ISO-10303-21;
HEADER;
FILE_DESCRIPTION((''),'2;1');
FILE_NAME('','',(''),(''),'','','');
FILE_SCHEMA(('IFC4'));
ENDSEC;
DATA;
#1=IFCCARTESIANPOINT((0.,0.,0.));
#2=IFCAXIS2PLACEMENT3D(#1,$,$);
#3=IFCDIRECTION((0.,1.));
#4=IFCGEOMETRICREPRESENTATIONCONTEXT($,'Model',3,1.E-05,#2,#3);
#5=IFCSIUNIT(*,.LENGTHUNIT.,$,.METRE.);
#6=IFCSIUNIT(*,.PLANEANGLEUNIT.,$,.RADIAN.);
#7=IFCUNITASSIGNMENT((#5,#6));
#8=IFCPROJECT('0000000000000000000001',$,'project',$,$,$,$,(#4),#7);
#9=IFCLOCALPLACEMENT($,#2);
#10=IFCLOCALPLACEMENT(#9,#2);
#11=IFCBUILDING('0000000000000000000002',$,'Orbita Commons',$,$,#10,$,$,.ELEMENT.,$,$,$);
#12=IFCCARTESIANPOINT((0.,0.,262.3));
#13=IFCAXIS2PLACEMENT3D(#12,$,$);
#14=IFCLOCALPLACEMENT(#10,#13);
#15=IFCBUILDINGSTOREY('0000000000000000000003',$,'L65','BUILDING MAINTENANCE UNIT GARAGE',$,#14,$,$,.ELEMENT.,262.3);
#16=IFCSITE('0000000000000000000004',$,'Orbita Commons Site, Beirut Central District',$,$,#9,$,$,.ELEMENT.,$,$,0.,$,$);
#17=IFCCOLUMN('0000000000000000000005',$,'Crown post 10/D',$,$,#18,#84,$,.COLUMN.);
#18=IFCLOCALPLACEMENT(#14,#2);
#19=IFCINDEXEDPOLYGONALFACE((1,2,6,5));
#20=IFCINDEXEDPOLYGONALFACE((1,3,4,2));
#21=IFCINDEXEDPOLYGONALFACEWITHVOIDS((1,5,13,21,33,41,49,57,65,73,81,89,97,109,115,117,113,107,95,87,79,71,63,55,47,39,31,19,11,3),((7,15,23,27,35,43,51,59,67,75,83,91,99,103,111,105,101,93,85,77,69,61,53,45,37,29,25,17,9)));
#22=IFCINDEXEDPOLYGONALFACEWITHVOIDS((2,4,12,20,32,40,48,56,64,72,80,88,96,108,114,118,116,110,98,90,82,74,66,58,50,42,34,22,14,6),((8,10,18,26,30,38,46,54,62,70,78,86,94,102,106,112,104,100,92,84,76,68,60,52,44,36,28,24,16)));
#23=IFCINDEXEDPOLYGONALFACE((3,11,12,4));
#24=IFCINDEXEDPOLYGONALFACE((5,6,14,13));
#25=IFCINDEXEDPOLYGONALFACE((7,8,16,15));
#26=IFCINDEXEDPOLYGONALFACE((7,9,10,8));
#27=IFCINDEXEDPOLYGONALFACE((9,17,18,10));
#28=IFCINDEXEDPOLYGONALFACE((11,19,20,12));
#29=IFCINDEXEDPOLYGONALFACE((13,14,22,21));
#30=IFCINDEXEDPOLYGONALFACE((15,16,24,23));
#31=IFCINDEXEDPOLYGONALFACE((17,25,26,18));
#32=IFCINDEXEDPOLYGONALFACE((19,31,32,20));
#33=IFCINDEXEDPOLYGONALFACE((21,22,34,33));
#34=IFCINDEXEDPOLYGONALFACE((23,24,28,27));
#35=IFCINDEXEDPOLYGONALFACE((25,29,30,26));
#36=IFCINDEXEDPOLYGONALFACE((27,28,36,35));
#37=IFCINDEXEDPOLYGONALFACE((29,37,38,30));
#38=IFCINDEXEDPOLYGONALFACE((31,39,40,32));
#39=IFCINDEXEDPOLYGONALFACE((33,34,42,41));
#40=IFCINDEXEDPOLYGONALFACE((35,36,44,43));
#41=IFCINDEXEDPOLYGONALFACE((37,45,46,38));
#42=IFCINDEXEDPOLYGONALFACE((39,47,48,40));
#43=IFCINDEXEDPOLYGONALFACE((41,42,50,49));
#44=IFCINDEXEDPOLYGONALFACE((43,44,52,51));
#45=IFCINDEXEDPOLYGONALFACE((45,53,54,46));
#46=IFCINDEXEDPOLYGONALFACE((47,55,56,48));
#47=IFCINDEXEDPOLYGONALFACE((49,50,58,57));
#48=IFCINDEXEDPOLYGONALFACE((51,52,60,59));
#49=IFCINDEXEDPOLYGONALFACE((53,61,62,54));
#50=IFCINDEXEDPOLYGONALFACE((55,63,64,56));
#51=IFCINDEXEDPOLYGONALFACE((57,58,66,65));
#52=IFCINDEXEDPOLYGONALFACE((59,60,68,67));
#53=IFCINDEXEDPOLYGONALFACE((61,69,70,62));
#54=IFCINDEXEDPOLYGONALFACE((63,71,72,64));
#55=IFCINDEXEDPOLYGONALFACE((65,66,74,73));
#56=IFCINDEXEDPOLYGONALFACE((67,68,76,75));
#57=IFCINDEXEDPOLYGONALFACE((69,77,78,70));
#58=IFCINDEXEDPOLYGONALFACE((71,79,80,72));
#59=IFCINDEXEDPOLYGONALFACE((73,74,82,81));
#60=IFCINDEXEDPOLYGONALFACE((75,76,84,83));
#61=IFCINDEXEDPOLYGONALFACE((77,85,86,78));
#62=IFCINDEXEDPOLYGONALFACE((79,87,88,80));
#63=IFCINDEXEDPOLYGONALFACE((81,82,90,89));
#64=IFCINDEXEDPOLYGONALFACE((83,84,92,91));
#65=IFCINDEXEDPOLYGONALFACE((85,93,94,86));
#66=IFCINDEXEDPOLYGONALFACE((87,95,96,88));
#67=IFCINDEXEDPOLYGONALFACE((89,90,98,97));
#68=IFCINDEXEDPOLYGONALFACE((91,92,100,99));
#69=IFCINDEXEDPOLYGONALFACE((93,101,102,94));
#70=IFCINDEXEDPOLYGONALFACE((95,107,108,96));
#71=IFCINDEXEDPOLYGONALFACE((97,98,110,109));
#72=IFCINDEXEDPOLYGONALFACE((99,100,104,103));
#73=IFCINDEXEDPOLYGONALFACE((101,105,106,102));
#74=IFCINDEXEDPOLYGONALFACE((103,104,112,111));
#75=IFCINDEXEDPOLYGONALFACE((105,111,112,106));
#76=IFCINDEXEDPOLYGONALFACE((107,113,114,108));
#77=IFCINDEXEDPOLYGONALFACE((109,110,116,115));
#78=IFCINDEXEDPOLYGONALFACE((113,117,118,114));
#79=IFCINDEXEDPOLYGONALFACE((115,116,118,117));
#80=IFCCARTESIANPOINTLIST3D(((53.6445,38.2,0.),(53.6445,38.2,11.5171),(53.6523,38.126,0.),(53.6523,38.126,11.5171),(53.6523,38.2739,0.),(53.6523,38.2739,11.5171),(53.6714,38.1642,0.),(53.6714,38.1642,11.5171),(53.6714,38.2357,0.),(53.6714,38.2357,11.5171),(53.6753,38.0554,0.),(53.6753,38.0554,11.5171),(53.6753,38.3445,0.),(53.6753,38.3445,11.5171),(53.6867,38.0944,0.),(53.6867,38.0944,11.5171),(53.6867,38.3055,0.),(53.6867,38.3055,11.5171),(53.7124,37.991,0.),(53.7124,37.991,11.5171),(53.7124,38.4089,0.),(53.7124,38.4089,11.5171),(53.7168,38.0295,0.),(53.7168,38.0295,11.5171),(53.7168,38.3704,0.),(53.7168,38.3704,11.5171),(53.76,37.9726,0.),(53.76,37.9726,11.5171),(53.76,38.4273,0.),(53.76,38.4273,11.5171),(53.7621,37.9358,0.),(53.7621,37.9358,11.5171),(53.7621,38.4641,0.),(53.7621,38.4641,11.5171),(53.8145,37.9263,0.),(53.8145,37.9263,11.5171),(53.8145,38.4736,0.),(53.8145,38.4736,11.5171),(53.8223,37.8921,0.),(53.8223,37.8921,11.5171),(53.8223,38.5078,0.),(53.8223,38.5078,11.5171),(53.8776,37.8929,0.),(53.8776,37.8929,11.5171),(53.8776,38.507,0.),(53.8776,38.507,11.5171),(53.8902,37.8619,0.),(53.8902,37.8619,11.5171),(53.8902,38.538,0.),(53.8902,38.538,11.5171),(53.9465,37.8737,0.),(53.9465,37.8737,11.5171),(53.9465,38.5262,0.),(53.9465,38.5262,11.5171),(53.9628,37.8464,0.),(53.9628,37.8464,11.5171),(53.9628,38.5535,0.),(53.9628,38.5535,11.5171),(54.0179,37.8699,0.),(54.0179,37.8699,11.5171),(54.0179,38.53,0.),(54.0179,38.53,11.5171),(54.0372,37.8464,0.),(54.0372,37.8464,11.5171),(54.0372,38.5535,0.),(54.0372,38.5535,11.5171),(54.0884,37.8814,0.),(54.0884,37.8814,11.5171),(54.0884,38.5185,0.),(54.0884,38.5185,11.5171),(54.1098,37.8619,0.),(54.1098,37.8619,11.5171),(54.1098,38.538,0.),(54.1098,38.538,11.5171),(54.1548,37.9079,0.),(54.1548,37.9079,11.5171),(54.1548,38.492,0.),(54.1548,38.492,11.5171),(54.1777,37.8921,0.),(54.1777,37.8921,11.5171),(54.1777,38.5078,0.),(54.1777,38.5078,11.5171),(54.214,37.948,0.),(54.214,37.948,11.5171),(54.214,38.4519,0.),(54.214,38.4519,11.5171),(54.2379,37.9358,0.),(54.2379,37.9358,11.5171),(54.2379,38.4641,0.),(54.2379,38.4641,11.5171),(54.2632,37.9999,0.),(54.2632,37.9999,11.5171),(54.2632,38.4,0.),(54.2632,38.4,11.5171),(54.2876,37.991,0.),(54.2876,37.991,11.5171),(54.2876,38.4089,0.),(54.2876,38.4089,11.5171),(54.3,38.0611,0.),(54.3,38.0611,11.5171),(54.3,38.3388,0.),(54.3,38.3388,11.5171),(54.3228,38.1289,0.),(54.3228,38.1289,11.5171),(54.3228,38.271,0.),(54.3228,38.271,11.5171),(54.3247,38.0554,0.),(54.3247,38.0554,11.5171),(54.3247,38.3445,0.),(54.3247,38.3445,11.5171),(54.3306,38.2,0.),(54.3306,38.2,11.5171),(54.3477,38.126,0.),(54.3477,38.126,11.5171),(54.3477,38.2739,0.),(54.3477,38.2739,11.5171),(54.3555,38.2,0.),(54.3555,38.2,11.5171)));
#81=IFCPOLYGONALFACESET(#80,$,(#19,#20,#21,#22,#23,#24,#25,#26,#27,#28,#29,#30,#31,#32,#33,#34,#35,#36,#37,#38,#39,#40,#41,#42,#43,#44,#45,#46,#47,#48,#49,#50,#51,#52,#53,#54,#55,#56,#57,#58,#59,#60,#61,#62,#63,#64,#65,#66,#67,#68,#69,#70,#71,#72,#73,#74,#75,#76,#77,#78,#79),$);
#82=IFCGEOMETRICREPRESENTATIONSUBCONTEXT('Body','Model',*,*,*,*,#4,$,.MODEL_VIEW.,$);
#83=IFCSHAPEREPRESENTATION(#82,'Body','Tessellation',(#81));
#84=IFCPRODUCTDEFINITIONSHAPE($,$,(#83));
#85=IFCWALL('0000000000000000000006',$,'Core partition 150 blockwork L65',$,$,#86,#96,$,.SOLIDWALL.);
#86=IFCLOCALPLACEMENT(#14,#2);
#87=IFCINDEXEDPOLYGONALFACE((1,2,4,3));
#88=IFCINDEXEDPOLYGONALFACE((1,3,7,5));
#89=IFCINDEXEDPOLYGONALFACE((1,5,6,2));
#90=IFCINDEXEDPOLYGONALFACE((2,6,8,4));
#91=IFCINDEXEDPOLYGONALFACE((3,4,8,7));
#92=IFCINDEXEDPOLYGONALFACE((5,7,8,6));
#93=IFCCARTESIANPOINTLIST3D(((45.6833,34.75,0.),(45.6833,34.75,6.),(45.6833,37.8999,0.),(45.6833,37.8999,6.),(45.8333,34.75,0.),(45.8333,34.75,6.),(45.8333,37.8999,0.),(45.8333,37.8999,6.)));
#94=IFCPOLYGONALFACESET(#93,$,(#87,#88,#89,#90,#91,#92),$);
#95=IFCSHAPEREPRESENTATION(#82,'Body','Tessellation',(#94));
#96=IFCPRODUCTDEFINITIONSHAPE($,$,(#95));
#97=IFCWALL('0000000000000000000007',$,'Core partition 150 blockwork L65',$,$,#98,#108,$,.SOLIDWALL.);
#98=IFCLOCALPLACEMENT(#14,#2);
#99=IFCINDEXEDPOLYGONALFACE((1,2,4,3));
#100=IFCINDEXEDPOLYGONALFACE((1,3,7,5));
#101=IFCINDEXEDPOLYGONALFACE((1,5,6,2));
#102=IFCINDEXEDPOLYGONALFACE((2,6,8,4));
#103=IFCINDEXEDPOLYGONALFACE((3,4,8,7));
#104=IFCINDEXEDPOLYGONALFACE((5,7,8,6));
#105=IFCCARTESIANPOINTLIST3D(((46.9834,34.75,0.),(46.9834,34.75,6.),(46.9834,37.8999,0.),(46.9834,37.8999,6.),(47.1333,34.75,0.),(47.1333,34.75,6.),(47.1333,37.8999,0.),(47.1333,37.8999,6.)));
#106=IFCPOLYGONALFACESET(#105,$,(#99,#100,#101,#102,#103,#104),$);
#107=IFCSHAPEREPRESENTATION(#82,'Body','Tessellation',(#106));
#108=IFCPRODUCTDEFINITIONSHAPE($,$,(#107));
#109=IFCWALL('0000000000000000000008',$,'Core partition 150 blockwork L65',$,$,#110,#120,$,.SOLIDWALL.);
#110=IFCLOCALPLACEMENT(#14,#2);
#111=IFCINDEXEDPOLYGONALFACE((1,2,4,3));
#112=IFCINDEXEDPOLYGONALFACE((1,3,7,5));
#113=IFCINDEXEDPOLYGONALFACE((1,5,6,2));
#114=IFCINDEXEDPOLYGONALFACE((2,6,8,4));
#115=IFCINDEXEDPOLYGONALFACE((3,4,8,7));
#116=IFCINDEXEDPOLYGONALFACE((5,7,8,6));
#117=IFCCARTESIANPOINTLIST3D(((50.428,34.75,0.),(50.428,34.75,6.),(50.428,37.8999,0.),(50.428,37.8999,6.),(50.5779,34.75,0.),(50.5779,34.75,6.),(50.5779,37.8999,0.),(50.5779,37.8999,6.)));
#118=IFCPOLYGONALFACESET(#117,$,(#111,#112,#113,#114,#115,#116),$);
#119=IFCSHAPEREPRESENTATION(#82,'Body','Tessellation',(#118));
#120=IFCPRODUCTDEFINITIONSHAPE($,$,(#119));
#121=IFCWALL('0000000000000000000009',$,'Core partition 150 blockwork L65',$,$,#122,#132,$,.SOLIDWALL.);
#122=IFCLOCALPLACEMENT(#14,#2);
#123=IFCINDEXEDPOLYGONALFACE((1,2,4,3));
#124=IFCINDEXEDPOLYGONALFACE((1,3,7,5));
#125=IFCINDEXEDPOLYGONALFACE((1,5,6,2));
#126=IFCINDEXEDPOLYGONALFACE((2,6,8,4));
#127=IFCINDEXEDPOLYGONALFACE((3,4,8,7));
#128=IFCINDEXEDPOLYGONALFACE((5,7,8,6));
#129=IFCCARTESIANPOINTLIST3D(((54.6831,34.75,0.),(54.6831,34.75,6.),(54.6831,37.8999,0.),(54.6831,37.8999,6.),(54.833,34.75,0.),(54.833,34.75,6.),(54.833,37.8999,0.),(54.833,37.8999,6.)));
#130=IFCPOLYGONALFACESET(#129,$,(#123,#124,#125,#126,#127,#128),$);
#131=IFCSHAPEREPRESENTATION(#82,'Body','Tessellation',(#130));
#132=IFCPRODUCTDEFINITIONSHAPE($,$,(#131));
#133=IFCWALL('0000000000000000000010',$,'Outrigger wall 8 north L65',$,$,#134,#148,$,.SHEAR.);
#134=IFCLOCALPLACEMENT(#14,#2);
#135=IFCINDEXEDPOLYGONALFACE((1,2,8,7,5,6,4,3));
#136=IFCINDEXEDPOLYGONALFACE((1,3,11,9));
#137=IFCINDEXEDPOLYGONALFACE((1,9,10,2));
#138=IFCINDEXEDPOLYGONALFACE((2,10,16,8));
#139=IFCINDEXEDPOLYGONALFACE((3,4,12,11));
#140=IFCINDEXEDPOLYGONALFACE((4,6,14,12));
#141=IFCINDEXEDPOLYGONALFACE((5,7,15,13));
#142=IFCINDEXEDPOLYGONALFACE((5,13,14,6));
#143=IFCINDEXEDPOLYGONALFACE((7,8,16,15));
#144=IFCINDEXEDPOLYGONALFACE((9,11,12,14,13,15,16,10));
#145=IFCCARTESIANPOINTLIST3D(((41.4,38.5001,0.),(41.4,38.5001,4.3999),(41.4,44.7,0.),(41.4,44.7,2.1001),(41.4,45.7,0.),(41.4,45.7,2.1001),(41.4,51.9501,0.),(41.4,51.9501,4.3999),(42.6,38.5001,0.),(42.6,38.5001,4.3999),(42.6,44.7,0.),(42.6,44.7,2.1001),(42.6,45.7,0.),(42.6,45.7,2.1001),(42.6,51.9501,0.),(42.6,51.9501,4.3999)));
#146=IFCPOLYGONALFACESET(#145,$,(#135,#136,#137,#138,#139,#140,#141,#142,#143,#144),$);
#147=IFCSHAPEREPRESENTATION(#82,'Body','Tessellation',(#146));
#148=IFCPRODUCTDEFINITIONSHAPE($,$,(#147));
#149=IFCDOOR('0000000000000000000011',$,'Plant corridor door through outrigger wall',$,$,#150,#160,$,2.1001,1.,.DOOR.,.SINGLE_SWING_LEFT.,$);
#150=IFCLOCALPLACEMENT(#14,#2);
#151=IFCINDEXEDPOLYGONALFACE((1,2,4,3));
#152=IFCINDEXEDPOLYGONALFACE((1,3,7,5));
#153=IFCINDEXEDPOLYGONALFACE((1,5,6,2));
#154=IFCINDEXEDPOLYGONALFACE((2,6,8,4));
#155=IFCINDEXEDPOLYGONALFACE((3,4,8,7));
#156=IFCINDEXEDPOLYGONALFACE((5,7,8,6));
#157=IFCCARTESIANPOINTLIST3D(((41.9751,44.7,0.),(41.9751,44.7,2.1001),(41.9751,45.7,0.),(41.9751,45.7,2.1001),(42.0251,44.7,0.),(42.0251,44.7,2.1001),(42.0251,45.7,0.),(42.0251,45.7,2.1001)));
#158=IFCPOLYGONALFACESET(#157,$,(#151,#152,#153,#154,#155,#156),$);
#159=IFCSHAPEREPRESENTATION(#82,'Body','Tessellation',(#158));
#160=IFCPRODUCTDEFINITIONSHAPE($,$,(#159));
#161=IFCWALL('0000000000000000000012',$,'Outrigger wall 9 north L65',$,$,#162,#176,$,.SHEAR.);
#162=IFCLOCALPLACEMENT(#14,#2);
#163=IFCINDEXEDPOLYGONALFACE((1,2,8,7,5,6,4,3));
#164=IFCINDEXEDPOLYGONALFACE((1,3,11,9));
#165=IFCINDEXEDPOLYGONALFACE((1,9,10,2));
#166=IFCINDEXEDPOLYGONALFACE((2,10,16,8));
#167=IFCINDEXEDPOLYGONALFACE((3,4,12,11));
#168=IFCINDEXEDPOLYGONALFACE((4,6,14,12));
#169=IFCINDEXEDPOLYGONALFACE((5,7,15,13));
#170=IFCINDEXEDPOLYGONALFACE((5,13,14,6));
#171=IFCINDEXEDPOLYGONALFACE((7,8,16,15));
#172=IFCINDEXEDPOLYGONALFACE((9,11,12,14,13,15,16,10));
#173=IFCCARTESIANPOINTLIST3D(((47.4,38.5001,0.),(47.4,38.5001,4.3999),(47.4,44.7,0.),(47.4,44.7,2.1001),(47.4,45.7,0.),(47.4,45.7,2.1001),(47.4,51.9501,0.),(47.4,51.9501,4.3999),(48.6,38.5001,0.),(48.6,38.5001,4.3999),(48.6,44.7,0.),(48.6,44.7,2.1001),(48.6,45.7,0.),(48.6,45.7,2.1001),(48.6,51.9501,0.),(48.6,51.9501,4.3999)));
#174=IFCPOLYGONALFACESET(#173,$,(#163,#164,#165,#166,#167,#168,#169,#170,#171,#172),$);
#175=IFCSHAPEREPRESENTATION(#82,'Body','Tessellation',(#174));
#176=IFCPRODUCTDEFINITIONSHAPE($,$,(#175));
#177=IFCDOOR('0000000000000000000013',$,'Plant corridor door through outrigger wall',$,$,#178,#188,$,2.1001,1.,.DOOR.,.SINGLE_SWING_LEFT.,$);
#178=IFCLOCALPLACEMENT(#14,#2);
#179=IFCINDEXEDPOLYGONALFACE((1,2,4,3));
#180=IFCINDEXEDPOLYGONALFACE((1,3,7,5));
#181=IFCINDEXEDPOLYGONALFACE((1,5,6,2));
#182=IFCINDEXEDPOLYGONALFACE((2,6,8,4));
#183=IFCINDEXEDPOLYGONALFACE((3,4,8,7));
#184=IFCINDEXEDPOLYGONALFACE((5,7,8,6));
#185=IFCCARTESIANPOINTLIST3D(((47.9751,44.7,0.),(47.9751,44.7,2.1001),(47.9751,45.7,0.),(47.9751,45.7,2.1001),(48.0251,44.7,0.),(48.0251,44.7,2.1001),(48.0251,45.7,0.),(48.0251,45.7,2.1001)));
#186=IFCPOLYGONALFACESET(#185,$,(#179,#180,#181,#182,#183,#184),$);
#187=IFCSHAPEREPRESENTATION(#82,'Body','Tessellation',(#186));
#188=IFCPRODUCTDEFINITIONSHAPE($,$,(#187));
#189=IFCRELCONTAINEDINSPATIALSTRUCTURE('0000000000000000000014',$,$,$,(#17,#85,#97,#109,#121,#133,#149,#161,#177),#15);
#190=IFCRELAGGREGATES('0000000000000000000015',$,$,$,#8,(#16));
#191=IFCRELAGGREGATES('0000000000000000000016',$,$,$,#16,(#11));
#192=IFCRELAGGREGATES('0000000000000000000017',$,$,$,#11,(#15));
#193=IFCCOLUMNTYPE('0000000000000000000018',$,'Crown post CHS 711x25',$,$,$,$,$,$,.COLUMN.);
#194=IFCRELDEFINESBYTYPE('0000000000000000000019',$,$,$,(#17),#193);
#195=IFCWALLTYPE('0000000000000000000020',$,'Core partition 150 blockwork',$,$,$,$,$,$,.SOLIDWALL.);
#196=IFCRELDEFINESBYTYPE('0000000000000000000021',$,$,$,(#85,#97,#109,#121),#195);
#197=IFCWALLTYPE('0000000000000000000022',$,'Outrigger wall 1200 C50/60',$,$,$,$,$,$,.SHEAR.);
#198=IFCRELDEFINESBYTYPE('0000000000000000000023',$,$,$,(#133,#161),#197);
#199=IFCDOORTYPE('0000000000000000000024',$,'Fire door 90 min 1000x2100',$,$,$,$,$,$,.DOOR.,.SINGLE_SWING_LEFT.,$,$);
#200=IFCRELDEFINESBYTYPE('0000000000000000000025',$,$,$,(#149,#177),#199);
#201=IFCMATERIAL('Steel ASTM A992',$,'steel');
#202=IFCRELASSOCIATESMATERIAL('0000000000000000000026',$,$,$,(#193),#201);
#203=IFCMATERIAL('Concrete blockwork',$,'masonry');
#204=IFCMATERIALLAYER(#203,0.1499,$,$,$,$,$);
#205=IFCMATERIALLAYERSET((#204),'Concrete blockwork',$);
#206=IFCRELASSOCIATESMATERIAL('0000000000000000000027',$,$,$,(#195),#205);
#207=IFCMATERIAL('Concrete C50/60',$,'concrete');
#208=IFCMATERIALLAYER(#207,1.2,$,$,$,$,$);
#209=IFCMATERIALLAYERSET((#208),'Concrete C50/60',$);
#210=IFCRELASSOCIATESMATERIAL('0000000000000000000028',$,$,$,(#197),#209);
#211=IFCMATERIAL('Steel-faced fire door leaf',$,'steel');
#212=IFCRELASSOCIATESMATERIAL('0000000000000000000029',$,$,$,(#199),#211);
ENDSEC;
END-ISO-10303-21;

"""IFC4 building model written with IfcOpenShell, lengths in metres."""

from ifc_helpers import new_model, si_unit, direction, frame, frame_2d, origin, origin_2d, place, context, subcontext, project, spatial, rectangle, hollow_circle, extrude, material, layer, layer_set, material_profile, profile_set, type_object, element, fill, save


model = new_model("IFC4")

# Units and contexts
model_context = context("Model", 3, precision=1e-05, world=origin(), true_north=direction((0.0, 1.0)))
body_context = subcontext(model_context, "Body", "Model", "MODEL_VIEW")
ifc_project = project(units=[si_unit("LENGTHUNIT", "METRE"), si_unit("PLANEANGLEUNIT", "RADIAN")], contexts=[model_context])

# Site, building, storey
site_placement = place(None, origin())
site = spatial("IfcSite", under=ifc_project, at=site_placement, Name="Orbita Commons Site, Beirut Central District", CompositionType="ELEMENT", RefElevation=0.0)
building_placement = place(site_placement, origin())
building = spatial("IfcBuilding", under=site, at=building_placement, Name="Orbita Commons", CompositionType="ELEMENT")
storey_placement = place(building_placement, frame((0.0, 0.0, 262.3)))
storey = spatial("IfcBuildingStorey", under=building, at=storey_placement, Name="L65", Description="BUILDING MAINTENANCE UNIT GARAGE", CompositionType="ELEMENT", Elevation=262.3)

# Column
ifc_material_1 = material(Name="Steel ASTM A992", Category="steel")
ifc_material_profile = material_profile(ifc_material_1, hollow_circle(Radius=0.3555, WallThickness=0.0249, at=origin_2d()), Name="CHS 711x25")
ifc_profile_set = profile_set([ifc_material_profile], Name="Steel ASTM A992")
column_type = type_object("IfcColumnType", Name="Crown post CHS 711x25", PredefinedType="COLUMN", material=ifc_profile_set)
for number, where, z_axis, x_axis, name in (
    (1, (54.0, 38.2, 0.0), (0.0, 0.0, 1.0), (1.0, 0.0, 0.0), "Crown post 10/D"),
):
    element("IfcColumn", number, at=place(storey_placement, frame(where, z_axis=z_axis, x_axis=x_axis)), inside=storey, type_object=column_type, Name=name, PredefinedType="COLUMN", context=body_context, shape_type="SweptSolid", body=[
        extrude(hollow_circle(Radius=0.3555, WallThickness=0.0249, at=origin_2d()), origin(), (0.0, 0.0, 1.0), 11.5171),
    ])

# Walls
ifc_material_2 = material(Name="Concrete blockwork", Category="masonry")
ifc_layer_1 = layer(ifc_material_2, 0.1499)
ifc_layer_set_1 = layer_set([ifc_layer_1], Name="Concrete blockwork")
wall_type_1 = type_object("IfcWallType", Name="Core partition 150 blockwork", PredefinedType="SOLIDWALL", material=ifc_layer_set_1)
for number, where, z_axis, x_axis, name in (
    (2, (45.7583, 34.75, 0.0), (0.0, 0.0, 1.0), (0.0, 1.0, 0.0), "Core partition 150 blockwork L65"),
    (3, (47.0583, 34.75, 0.0), (0.0, 0.0, 1.0), (0.0, 1.0, 0.0), "Core partition 150 blockwork L65"),
    (4, (50.5029, 34.75, 0.0), (0.0, 0.0, 1.0), (0.0, 1.0, 0.0), "Core partition 150 blockwork L65"),
    (5, (54.7581, 34.75, 0.0), (0.0, 0.0, 1.0), (0.0, 1.0, 0.0), "Core partition 150 blockwork L65"),
):
    element("IfcWall", number, at=place(storey_placement, frame(where, z_axis=z_axis, x_axis=x_axis)), inside=storey, type_object=wall_type_1, Name=name, PredefinedType="SOLIDWALL", context=body_context, shape_type="SweptSolid", body=[
        extrude(rectangle(XDim=3.1499, YDim=0.1499, at=frame_2d((1.575, 0.0))), origin(), (0.0, 0.0, 1.0), 6.0),
    ])

# Walls, openings, doors
ifc_material_3 = material(Name="Concrete C50/60", Category="concrete")
ifc_layer_2 = layer(ifc_material_3, 1.2)
ifc_layer_set_2 = layer_set([ifc_layer_2], Name="Concrete C50/60")
wall_type_2 = type_object("IfcWallType", Name="Outrigger wall 1200 C50/60", PredefinedType="SHEAR", material=ifc_layer_set_2)
wall_1_placement = place(storey_placement, frame((42.0, 38.5, 0.0), z_axis=(0.0, 0.0, 1.0), x_axis=(0.0, 1.0, 0.0)))
wall_1 = element("IfcWall", 6, at=wall_1_placement, inside=storey, type_object=wall_type_2, Name="Outrigger wall 8 north L65", PredefinedType="SHEAR", context=body_context, shape_type="SweptSolid", body=[
    extrude(rectangle(XDim=13.45, YDim=1.2, at=frame_2d((6.7251, 0.0))), origin(), (0.0, 0.0, 1.0), 4.3999),
])
opening_1_placement = place(wall_1_placement, frame((6.2, 0.0, 0.0)))
opening_1 = element("IfcOpeningElement", 7, at=opening_1_placement, cuts=wall_1, PredefinedType="OPENING", context=body_context, shape_type="SweptSolid", body=[
    extrude(rectangle(XDim=1.0, YDim=2.1001, at=frame_2d((0.5, 1.05))), frame((0.0, 0.6099, 0.0), z_axis=(0.0, -1.0, 0.0), x_axis=(1.0, 0.0, 0.0)), (0.0, 0.0, 1.0), 1.22),
])
ifc_material_4 = material(Name="Steel-faced fire door leaf", Category="steel")
door_type_1 = type_object("IfcDoorType", Name="Fire door 90 min 1000x2100", OperationType="SINGLE_SWING_LEFT", PredefinedType="DOOR", material=ifc_material_4)
door_1_placement = place(opening_1_placement, origin())
door_1 = element("IfcDoor", 8, at=door_1_placement, inside=storey, type_object=door_type_1, Name="Plant corridor door through outrigger wall", OperationType="SINGLE_SWING_LEFT", OverallHeight=2.1001, OverallWidth=1.0, PredefinedType="DOOR", context=body_context, shape_type="SweptSolid", body=[
    extrude(rectangle(XDim=1.0, YDim=2.1001, at=frame_2d((0.5, 1.05))), frame((0.0, 0.0249, 0.0), z_axis=(0.0, -1.0, 0.0), x_axis=(1.0, 0.0, 0.0)), (0.0, 0.0, 1.0), 0.05),
])
fill(opening_1, door_1)
wall_2_placement = place(storey_placement, frame((48.0, 38.5, 0.0), z_axis=(0.0, 0.0, 1.0), x_axis=(0.0, 1.0, 0.0)))
wall_2 = element("IfcWall", 9, at=wall_2_placement, inside=storey, type_object=wall_type_2, Name="Outrigger wall 9 north L65", PredefinedType="SHEAR", context=body_context, shape_type="SweptSolid", body=[
    extrude(rectangle(XDim=13.45, YDim=1.2, at=frame_2d((6.7251, 0.0))), origin(), (0.0, 0.0, 1.0), 4.3999),
])
opening_2_placement = place(wall_2_placement, frame((6.2, 0.0, 0.0)))
opening_2 = element("IfcOpeningElement", 10, at=opening_2_placement, cuts=wall_2, PredefinedType="OPENING", context=body_context, shape_type="SweptSolid", body=[
    extrude(rectangle(XDim=1.0, YDim=2.1001, at=frame_2d((0.5, 1.05))), frame((0.0, 0.6099, 0.0), z_axis=(0.0, -1.0, 0.0), x_axis=(1.0, 0.0, 0.0)), (0.0, 0.0, 1.0), 1.22),
])
door_2_placement = place(opening_2_placement, origin())
door_2 = element("IfcDoor", 11, at=door_2_placement, inside=storey, type_object=door_type_1, Name="Plant corridor door through outrigger wall", OperationType="SINGLE_SWING_LEFT", OverallHeight=2.1001, OverallWidth=1.0, PredefinedType="DOOR", context=body_context, shape_type="SweptSolid", body=[
    extrude(rectangle(XDim=1.0, YDim=2.1001, at=frame_2d((0.5, 1.05))), frame((0.0, 0.0249, 0.0), z_axis=(0.0, -1.0, 0.0), x_axis=(1.0, 0.0, 0.0)), (0.0, 0.0, 1.0), 0.05),
])
fill(opening_2, door_2)

save(model, "model.ifc")
